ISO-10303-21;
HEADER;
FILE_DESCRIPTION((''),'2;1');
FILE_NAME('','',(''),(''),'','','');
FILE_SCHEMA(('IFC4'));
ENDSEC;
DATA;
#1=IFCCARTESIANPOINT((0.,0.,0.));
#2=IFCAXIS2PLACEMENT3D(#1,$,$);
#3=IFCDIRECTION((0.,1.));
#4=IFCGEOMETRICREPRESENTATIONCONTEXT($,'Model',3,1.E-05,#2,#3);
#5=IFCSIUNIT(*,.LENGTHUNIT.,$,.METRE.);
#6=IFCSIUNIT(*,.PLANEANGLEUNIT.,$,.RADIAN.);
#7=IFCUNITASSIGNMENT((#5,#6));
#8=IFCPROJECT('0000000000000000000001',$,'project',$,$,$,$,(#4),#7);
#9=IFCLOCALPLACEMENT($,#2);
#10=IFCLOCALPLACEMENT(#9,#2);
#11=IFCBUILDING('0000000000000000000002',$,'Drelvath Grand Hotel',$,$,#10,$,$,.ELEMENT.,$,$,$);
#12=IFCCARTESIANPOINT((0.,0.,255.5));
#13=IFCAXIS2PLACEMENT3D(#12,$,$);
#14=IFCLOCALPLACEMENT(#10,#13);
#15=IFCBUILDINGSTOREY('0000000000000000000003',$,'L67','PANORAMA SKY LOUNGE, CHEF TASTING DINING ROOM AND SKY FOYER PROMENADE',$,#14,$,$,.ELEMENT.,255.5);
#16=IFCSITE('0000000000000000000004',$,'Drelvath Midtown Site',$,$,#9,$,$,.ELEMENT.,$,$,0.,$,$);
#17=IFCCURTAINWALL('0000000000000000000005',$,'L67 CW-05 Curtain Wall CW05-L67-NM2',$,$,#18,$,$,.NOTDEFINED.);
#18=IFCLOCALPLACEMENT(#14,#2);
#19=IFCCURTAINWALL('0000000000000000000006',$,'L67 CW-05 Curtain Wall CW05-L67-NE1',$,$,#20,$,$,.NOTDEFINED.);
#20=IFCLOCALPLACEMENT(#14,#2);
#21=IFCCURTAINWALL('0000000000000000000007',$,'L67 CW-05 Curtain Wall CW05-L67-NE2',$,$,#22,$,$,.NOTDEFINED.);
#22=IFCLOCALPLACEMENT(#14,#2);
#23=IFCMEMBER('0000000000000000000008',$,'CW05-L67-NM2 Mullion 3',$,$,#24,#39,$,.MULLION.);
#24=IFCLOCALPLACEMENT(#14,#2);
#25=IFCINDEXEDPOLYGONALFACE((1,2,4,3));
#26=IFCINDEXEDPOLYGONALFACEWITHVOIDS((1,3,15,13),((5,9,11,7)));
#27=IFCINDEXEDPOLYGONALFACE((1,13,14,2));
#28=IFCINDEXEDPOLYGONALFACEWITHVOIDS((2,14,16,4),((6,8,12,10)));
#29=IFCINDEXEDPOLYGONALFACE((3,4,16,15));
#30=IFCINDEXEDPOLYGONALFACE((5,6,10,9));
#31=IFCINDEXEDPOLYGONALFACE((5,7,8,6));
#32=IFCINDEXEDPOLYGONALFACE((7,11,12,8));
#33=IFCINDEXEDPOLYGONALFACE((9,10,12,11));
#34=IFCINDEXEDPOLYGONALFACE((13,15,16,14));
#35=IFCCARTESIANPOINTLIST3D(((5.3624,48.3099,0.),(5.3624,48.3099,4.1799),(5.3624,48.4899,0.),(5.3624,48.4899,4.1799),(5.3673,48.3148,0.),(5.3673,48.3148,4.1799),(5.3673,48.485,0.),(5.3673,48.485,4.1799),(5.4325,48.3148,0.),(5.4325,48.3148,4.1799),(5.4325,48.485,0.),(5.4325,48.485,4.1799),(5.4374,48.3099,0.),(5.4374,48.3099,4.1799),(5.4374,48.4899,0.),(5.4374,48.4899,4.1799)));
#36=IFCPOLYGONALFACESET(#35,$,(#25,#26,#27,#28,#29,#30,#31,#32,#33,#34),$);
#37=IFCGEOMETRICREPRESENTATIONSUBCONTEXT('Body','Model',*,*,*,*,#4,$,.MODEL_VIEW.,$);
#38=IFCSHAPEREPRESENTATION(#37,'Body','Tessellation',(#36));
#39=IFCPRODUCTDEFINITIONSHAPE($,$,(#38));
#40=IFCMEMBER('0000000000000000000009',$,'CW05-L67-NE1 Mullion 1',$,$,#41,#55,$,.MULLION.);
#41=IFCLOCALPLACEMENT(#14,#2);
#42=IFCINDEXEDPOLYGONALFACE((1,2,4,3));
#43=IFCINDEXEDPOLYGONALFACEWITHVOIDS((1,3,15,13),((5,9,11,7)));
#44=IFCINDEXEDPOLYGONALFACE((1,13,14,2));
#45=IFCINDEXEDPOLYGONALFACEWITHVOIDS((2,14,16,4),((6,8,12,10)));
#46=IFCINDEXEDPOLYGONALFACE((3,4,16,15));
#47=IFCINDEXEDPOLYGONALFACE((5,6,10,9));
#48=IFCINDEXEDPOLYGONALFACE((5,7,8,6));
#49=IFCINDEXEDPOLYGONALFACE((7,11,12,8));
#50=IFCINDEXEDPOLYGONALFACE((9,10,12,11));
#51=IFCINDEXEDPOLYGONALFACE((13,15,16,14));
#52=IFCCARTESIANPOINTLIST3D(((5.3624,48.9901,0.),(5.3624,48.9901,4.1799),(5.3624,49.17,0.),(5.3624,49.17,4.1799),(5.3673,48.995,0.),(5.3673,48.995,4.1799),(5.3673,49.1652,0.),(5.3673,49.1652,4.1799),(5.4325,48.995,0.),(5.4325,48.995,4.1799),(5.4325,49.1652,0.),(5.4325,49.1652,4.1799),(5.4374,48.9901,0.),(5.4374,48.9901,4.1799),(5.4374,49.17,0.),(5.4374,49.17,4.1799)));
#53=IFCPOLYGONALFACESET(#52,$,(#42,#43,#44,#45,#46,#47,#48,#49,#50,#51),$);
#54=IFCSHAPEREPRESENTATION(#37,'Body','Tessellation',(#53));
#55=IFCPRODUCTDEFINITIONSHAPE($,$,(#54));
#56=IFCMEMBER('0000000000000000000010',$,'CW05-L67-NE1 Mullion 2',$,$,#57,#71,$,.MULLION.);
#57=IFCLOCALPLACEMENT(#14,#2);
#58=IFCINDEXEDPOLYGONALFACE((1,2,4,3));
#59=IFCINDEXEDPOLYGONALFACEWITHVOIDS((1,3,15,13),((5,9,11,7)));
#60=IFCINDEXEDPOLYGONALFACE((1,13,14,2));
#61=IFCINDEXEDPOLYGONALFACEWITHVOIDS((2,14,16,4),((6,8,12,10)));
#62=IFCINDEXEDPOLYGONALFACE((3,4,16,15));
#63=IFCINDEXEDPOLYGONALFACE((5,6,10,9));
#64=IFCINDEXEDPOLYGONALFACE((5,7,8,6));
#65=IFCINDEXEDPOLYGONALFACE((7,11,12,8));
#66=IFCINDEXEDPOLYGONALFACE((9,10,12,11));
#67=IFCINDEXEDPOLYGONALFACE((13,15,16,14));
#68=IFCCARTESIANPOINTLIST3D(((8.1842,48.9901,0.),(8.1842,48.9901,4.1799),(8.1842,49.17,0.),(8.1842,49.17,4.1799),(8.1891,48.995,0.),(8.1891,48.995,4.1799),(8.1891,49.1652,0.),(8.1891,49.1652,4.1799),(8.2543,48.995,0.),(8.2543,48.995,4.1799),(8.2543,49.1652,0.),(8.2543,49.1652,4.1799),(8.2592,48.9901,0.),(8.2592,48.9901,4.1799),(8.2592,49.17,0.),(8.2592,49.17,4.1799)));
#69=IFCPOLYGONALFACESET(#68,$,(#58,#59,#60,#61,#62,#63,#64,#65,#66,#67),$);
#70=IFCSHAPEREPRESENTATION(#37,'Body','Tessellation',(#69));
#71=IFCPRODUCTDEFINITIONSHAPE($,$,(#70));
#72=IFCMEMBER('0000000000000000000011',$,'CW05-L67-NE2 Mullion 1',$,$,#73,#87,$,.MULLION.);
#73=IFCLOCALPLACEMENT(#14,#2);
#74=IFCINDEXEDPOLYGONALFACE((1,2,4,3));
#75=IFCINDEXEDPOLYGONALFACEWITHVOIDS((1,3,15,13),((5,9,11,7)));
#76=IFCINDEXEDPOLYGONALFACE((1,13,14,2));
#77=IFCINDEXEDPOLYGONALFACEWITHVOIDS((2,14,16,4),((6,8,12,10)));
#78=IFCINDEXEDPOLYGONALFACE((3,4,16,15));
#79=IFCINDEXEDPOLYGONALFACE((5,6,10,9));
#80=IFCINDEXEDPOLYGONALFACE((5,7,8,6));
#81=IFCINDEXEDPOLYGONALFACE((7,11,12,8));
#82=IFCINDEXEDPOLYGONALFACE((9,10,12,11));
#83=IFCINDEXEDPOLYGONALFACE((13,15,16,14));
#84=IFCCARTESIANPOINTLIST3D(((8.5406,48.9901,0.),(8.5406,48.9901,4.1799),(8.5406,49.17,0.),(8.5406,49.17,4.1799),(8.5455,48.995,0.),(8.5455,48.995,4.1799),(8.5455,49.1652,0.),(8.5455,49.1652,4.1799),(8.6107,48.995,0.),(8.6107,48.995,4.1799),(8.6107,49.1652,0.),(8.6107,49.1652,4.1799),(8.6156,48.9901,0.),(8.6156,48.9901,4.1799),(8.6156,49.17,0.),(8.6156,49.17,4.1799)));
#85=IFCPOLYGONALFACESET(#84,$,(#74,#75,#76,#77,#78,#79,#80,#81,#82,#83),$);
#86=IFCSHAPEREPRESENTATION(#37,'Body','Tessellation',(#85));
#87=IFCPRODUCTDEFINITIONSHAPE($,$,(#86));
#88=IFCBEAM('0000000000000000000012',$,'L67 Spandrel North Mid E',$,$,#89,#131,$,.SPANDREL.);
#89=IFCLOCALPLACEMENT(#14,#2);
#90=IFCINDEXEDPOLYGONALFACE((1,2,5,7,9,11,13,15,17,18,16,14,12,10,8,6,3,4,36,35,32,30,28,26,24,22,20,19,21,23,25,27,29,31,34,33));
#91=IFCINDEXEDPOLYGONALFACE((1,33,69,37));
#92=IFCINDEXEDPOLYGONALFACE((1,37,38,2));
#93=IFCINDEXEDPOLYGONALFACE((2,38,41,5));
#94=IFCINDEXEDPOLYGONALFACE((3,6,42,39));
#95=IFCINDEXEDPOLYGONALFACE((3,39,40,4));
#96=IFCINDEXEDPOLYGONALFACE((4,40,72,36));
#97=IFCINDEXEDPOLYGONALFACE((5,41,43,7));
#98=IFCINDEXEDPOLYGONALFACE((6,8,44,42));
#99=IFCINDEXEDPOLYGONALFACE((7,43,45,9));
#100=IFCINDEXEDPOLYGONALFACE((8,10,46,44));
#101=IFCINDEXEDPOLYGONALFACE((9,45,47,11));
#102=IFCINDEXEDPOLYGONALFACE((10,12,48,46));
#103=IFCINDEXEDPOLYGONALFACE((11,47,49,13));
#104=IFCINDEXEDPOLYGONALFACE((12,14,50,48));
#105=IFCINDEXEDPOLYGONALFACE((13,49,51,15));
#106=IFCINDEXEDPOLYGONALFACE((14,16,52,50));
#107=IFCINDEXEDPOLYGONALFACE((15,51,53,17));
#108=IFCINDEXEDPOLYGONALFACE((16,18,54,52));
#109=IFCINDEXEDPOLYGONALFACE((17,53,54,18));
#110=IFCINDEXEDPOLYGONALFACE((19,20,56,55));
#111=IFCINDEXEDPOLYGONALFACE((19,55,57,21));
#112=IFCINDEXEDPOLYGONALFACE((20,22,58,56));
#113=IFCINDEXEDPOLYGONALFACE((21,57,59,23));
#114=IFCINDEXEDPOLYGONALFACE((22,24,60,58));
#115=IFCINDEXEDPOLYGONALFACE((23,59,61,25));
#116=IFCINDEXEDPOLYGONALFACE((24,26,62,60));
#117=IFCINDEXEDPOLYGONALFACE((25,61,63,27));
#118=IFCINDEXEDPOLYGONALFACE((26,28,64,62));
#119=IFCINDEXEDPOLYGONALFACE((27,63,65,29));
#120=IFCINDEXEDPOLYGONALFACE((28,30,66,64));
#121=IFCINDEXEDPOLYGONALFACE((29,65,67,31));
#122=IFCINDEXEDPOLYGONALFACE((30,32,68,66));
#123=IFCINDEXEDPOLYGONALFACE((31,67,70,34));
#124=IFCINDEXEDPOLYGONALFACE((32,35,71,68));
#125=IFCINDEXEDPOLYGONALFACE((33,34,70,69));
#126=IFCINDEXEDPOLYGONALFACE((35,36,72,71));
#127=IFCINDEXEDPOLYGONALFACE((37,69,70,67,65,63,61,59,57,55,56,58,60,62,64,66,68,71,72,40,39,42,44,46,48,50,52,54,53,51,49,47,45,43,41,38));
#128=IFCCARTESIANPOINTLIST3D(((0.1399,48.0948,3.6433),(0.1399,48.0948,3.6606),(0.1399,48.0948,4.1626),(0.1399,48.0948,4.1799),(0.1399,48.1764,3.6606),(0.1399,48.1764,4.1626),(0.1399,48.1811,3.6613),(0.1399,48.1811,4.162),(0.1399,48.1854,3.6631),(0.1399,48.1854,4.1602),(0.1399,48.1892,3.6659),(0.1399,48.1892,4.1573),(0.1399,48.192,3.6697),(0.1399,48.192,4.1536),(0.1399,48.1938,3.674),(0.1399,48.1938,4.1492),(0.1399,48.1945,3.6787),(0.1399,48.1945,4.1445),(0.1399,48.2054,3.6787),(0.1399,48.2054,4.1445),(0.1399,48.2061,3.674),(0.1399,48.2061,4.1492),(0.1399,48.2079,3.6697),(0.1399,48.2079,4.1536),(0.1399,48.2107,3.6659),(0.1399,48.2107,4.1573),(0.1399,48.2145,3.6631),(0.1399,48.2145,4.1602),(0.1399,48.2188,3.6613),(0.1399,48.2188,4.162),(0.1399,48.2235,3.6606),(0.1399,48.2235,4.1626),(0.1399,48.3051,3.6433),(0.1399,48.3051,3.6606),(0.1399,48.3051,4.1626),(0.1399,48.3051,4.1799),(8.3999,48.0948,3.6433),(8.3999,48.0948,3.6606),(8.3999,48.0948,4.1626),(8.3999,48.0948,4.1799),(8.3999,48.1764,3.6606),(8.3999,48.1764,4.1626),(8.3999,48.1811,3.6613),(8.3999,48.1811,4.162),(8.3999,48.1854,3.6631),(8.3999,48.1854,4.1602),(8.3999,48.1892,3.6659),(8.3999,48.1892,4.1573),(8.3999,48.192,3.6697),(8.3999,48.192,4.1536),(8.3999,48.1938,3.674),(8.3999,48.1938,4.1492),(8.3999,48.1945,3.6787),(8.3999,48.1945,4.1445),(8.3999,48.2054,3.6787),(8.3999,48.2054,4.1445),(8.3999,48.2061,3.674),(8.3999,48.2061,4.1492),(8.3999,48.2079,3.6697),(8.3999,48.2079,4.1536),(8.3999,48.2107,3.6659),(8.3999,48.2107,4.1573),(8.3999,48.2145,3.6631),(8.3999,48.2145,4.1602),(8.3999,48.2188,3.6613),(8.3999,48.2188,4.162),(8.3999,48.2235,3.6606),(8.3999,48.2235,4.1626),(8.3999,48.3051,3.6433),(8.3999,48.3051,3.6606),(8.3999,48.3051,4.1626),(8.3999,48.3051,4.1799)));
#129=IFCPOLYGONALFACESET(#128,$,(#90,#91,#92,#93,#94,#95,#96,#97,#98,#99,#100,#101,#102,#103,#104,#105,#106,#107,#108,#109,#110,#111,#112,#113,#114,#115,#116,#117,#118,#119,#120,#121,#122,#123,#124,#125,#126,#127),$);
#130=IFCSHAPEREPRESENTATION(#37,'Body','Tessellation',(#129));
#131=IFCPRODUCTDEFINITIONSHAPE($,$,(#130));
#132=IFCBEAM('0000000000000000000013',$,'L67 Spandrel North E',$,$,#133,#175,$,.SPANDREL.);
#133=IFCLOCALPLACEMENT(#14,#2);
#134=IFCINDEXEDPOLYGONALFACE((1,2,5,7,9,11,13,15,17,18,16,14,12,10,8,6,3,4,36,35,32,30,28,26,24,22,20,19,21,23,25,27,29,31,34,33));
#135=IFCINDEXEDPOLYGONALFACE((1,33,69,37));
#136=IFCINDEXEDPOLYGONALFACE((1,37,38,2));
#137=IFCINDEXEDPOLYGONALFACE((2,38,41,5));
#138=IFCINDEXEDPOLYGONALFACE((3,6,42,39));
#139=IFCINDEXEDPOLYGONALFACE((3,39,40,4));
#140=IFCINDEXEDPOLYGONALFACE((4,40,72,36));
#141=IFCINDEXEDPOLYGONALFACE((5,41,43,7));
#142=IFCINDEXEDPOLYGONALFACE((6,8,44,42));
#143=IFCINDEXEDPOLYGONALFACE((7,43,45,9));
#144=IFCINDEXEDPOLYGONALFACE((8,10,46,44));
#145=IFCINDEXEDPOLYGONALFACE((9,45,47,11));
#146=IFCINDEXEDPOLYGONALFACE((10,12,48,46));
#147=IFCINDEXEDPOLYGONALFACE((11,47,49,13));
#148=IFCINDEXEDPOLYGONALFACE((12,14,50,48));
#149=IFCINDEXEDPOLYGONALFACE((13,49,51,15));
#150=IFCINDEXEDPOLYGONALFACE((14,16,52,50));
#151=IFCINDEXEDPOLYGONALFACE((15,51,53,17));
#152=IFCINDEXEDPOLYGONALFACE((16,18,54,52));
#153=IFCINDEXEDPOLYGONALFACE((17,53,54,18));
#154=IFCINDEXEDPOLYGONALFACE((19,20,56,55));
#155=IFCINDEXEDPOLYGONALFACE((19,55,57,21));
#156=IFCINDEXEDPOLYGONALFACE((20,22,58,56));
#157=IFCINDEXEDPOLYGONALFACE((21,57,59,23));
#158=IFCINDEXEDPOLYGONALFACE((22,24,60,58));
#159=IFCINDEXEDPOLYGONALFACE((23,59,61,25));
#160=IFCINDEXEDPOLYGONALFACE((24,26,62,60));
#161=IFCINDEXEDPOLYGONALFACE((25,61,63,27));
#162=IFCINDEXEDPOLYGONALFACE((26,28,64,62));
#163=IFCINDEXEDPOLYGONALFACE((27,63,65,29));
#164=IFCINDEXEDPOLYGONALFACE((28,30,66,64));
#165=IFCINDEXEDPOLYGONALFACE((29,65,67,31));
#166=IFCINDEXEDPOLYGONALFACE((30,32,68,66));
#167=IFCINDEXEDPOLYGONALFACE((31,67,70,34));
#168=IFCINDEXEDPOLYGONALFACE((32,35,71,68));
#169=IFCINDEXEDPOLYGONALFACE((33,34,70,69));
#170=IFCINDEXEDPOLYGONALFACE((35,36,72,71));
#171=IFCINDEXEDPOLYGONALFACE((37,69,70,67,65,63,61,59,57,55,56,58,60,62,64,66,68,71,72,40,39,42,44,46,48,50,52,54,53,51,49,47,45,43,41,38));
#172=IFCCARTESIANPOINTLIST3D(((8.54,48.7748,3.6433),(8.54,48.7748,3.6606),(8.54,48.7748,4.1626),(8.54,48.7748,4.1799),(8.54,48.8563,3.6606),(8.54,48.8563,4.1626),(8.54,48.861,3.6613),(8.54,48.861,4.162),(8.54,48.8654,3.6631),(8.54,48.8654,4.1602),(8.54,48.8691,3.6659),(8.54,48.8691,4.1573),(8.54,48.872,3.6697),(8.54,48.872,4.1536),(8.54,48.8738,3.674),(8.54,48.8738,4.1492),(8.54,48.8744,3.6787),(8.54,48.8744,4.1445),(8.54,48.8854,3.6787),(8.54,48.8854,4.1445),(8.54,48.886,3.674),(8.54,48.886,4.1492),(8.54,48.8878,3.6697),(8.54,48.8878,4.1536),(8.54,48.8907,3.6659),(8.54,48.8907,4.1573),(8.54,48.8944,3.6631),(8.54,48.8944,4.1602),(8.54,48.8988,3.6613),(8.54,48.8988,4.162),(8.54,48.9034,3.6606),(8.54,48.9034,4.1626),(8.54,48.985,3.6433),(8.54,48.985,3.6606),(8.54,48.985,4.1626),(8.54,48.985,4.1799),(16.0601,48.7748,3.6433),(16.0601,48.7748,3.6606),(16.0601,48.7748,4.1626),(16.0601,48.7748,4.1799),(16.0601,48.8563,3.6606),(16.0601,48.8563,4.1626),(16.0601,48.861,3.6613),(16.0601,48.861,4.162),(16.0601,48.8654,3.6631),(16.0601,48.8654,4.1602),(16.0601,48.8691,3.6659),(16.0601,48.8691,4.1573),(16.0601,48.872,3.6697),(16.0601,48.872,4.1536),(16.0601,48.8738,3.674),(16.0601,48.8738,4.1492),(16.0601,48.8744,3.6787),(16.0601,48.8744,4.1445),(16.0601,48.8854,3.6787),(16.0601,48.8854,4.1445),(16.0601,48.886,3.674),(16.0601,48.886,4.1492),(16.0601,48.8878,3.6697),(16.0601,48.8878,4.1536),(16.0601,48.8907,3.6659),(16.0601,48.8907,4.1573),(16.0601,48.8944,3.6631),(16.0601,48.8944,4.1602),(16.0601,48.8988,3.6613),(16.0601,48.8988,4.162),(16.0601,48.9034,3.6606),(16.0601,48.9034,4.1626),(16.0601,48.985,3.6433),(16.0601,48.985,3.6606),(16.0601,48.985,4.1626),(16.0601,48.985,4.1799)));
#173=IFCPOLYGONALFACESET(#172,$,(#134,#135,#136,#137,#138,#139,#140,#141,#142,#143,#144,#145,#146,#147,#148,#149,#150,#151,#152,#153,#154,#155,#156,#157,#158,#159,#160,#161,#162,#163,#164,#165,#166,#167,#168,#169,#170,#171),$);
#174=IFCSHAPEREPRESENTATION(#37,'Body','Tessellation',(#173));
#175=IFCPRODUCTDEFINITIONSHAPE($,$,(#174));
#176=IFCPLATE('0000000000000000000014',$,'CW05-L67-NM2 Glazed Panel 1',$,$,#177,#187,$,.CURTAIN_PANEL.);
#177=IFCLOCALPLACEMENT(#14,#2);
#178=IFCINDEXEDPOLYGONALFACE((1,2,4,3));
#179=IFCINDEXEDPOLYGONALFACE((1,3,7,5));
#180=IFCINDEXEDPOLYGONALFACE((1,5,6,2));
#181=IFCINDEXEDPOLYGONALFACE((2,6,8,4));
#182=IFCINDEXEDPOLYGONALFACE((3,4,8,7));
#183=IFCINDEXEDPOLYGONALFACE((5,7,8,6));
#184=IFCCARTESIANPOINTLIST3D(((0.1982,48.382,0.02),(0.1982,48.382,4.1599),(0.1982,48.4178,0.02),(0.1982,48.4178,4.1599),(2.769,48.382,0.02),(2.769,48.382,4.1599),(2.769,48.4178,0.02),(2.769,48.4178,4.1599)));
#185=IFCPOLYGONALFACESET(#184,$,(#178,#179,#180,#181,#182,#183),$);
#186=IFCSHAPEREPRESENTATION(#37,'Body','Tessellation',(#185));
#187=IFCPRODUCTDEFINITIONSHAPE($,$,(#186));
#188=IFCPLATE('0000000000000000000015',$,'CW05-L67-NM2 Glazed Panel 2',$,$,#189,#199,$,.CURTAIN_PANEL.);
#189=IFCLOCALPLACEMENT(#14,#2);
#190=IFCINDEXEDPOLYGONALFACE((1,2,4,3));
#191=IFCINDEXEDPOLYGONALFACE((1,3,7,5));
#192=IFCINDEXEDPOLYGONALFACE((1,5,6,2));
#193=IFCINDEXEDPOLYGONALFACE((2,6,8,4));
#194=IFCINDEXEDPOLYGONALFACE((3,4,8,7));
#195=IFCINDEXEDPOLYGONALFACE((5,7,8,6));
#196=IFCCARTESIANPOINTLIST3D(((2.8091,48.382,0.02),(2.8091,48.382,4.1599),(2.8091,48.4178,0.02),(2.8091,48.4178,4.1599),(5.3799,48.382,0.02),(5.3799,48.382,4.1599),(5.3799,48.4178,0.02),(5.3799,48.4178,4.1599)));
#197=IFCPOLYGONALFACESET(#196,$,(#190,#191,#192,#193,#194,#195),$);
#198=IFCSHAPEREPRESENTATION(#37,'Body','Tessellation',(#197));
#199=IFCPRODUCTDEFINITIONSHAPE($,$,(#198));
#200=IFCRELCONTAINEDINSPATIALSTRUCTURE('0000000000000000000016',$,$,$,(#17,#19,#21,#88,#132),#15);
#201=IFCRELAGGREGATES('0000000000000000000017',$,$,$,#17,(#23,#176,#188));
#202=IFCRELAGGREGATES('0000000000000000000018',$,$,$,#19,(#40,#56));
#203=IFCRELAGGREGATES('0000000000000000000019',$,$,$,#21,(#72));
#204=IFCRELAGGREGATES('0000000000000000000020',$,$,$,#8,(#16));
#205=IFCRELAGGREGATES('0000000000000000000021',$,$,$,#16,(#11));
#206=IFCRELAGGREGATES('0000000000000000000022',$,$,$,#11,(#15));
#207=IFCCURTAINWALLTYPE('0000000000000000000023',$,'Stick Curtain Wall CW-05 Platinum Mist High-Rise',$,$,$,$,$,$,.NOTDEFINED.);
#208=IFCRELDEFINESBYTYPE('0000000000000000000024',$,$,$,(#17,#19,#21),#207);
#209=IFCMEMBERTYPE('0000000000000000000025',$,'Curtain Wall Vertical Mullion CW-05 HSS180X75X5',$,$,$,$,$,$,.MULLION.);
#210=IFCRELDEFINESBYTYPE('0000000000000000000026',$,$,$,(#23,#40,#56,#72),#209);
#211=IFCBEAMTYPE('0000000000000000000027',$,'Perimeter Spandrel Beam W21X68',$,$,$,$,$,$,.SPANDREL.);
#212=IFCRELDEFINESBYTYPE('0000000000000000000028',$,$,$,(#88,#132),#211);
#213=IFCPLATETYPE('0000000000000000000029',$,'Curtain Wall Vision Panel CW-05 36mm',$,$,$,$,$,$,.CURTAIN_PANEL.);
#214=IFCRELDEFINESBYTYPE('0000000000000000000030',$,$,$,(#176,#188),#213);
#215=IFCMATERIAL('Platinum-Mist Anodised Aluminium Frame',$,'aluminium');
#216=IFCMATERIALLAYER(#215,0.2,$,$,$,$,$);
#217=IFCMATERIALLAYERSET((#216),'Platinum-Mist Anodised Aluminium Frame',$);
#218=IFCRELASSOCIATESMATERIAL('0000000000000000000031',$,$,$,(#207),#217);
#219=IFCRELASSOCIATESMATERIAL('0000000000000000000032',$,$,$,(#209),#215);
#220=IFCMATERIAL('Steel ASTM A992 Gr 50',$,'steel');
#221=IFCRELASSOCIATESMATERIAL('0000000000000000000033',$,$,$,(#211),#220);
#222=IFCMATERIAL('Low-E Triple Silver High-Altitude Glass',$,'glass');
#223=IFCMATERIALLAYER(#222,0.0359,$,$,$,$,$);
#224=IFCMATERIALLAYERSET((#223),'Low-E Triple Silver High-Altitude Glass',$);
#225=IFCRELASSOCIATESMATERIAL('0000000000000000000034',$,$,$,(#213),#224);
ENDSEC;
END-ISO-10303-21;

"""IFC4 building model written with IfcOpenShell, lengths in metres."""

from ifc_helpers import new_model, si_unit, direction, frame, origin, origin_2d, place, context, subcontext, project, spatial, rectangle, hollow_rectangle, i_section, extrude, material, layer, layer_set, material_profile, profile_set, type_object, element, aggregate, save


model = new_model("IFC4")

# Units and contexts
model_context = context("Model", 3, precision=1e-05, world=origin(), true_north=direction((0.0, 1.0)))
body_context = subcontext(model_context, "Body", "Model", "MODEL_VIEW")
ifc_project = project(units=[si_unit("LENGTHUNIT", "METRE"), si_unit("PLANEANGLEUNIT", "RADIAN")], contexts=[model_context])

# Site, building, storey
site_placement = place(None, origin())
site = spatial("IfcSite", under=ifc_project, at=site_placement, Name="Drelvath Midtown Site", CompositionType="ELEMENT", RefElevation=0.0)
building_placement = place(site_placement, origin())
building = spatial("IfcBuilding", under=site, at=building_placement, Name="Drelvath Grand Hotel", CompositionType="ELEMENT")
storey_placement = place(building_placement, frame((0.0, 0.0, 255.5)))
storey = spatial("IfcBuildingStorey", under=building, at=storey_placement, Name="L67", Description="PANORAMA SKY LOUNGE, CHEF TASTING DINING ROOM AND SKY FOYER PROMENADE", CompositionType="ELEMENT", Elevation=255.5)

# Curtain walls
ifc_material_1 = material(Name="Platinum-Mist Anodised Aluminium Frame", Category="aluminium")
ifc_layer_1 = layer(ifc_material_1, 0.2)
ifc_layer_set_1 = layer_set([ifc_layer_1], Name="Platinum-Mist Anodised Aluminium Frame")
curtain_wall_type = type_object("IfcCurtainWallType", Name="Stick Curtain Wall CW-05 Platinum Mist High-Rise", PredefinedType="NOTDEFINED", material=ifc_layer_set_1)
curtain_wall_1_placement = place(storey_placement, origin())
curtain_wall_1 = element("IfcCurtainWall", 1, at=curtain_wall_1_placement, inside=storey, type_object=curtain_wall_type, Name="L67 CW-05 Curtain Wall CW05-L67-NM2", PredefinedType="NOTDEFINED")
curtain_wall_2_placement = place(storey_placement, origin())
curtain_wall_2 = element("IfcCurtainWall", 2, at=curtain_wall_2_placement, inside=storey, type_object=curtain_wall_type, Name="L67 CW-05 Curtain Wall CW05-L67-NE1", PredefinedType="NOTDEFINED")
curtain_wall_3_placement = place(storey_placement, origin())
curtain_wall_3 = element("IfcCurtainWall", 3, at=curtain_wall_3_placement, inside=storey, type_object=curtain_wall_type, Name="L67 CW-05 Curtain Wall CW05-L67-NE2", PredefinedType="NOTDEFINED")

# Members
ifc_material_profile_1 = material_profile(ifc_material_1, hollow_rectangle(XDim=0.075, YDim=0.1799, WallThickness=0.0049, at=origin_2d()), Name="HSS180X75X5")
ifc_profile_set_1 = profile_set([ifc_material_profile_1], Name="Platinum-Mist Anodised Aluminium Frame")
member_type_1 = type_object("IfcMemberType", Name="Curtain Wall Vertical Mullion CW-05 HSS180X75X5", PredefinedType="MULLION", material=ifc_profile_set_1)
member_1_placement = place(storey_placement, frame((5.3999, 48.3999, 0.0), z_axis=(0.0, 0.0, 1.0), x_axis=(1.0, 0.0, 0.0)))
member_1 = element("IfcMember", 4, at=member_1_placement, type_object=member_type_1, Name="CW05-L67-NM2 Mullion 3", PredefinedType="MULLION", context=body_context, shape_type="SweptSolid", body=[
    extrude(hollow_rectangle(XDim=0.075, YDim=0.1799, WallThickness=0.0049, at=origin_2d()), origin(), (0.0, 0.0, 1.0), 4.1799),
])
member_2_placement = place(storey_placement, frame((5.3999, 49.0801, 0.0), z_axis=(0.0, 0.0, 1.0), x_axis=(1.0, 0.0, 0.0)))
member_2 = element("IfcMember", 5, at=member_2_placement, type_object=member_type_1, Name="CW05-L67-NE1 Mullion 1", PredefinedType="MULLION", context=body_context, shape_type="SweptSolid", body=[
    extrude(hollow_rectangle(XDim=0.075, YDim=0.1799, WallThickness=0.0049, at=origin_2d()), origin(), (0.0, 0.0, 1.0), 4.1799),
])
member_3_placement = place(storey_placement, frame((8.2217, 49.0801, 0.0), z_axis=(0.0, 0.0, 1.0), x_axis=(1.0, 0.0, 0.0)))
member_3 = element("IfcMember", 6, at=member_3_placement, type_object=member_type_1, Name="CW05-L67-NE1 Mullion 2", PredefinedType="MULLION", context=body_context, shape_type="SweptSolid", body=[
    extrude(hollow_rectangle(XDim=0.075, YDim=0.1799, WallThickness=0.0049, at=origin_2d()), origin(), (0.0, 0.0, 1.0), 4.1799),
])
member_4_placement = place(storey_placement, frame((8.5781, 49.0801, 0.0), z_axis=(0.0, 0.0, 1.0), x_axis=(1.0, 0.0, 0.0)))
member_4 = element("IfcMember", 7, at=member_4_placement, type_object=member_type_1, Name="CW05-L67-NE2 Mullion 1", PredefinedType="MULLION", context=body_context, shape_type="SweptSolid", body=[
    extrude(hollow_rectangle(XDim=0.075, YDim=0.1799, WallThickness=0.0049, at=origin_2d()), origin(), (0.0, 0.0, 1.0), 4.1799),
])

# Beams
ifc_material_2 = material(Name="Steel ASTM A992 Gr 50", Category="steel")
ifc_material_profile_2 = material_profile(ifc_material_2, i_section(OverallWidth=0.2102, OverallDepth=0.5366, WebThickness=0.011, FlangeThickness=0.0173, FilletRadius=0.0181, at=origin_2d()), Name="W21X68")
ifc_profile_set_2 = profile_set([ifc_material_profile_2], Name="Steel ASTM A992 Gr 50")
beam_type = type_object("IfcBeamType", Name="Perimeter Spandrel Beam W21X68", PredefinedType="SPANDREL", material=ifc_profile_set_2)
beam_1_placement = place(storey_placement, frame((0.1399, 48.2, 3.9116), z_axis=(1.0, 0.0, 0.0), x_axis=(0.0, 1.0, 0.0)))
element("IfcBeam", 8, at=beam_1_placement, inside=storey, type_object=beam_type, Name="L67 Spandrel North Mid E", PredefinedType="SPANDREL", context=body_context, shape_type="SweptSolid", body=[
    extrude(i_section(OverallWidth=0.2102, OverallDepth=0.5366, WebThickness=0.011, FlangeThickness=0.0173, FilletRadius=0.0181, at=origin_2d()), origin(), (0.0, 0.0, 1.0), 8.26),
])
beam_2_placement = place(storey_placement, frame((8.54, 48.8799, 3.9116), z_axis=(1.0, 0.0, 0.0), x_axis=(0.0, 1.0, 0.0)))
element("IfcBeam", 9, at=beam_2_placement, inside=storey, type_object=beam_type, Name="L67 Spandrel North E", PredefinedType="SPANDREL", context=body_context, shape_type="SweptSolid", body=[
    extrude(i_section(OverallWidth=0.2102, OverallDepth=0.5366, WebThickness=0.011, FlangeThickness=0.0173, FilletRadius=0.0181, at=origin_2d()), origin(), (0.0, 0.0, 1.0), 7.52),
])

# Plates
ifc_material_3 = material(Name="Low-E Triple Silver High-Altitude Glass", Category="glass")
ifc_layer_2 = layer(ifc_material_3, 0.0359)
ifc_layer_set_2 = layer_set([ifc_layer_2], Name="Low-E Triple Silver High-Altitude Glass")
plate_type = type_object("IfcPlateType", Name="Curtain Wall Vision Panel CW-05 36mm", PredefinedType="CURTAIN_PANEL", material=ifc_layer_set_2)
plate_1_placement = place(storey_placement, frame((1.4836, 48.3999, 0.02), z_axis=(0.0, 0.0, 1.0), x_axis=(1.0, 0.0, 0.0)))
plate_1 = element("IfcPlate", 10, at=plate_1_placement, type_object=plate_type, Name="CW05-L67-NM2 Glazed Panel 1", PredefinedType="CURTAIN_PANEL", context=body_context, shape_type="SweptSolid", body=[
    extrude(rectangle(XDim=2.5708, YDim=0.0359, at=origin_2d()), origin(), (0.0, 0.0, 1.0), 4.1399),
])
plate_2_placement = place(storey_placement, frame((4.0945, 48.3999, 0.02), z_axis=(0.0, 0.0, 1.0), x_axis=(1.0, 0.0, 0.0)))
plate_2 = element("IfcPlate", 11, at=plate_2_placement, type_object=plate_type, Name="CW05-L67-NM2 Glazed Panel 2", PredefinedType="CURTAIN_PANEL", context=body_context, shape_type="SweptSolid", body=[
    extrude(rectangle(XDim=2.5708, YDim=0.0359, at=origin_2d()), origin(), (0.0, 0.0, 1.0), 4.1399),
])
aggregate(curtain_wall_1, [member_1, plate_1, plate_2])
aggregate(curtain_wall_2, [member_2, member_3])
aggregate(curtain_wall_3, [member_4])

save(model, "model.ifc")
